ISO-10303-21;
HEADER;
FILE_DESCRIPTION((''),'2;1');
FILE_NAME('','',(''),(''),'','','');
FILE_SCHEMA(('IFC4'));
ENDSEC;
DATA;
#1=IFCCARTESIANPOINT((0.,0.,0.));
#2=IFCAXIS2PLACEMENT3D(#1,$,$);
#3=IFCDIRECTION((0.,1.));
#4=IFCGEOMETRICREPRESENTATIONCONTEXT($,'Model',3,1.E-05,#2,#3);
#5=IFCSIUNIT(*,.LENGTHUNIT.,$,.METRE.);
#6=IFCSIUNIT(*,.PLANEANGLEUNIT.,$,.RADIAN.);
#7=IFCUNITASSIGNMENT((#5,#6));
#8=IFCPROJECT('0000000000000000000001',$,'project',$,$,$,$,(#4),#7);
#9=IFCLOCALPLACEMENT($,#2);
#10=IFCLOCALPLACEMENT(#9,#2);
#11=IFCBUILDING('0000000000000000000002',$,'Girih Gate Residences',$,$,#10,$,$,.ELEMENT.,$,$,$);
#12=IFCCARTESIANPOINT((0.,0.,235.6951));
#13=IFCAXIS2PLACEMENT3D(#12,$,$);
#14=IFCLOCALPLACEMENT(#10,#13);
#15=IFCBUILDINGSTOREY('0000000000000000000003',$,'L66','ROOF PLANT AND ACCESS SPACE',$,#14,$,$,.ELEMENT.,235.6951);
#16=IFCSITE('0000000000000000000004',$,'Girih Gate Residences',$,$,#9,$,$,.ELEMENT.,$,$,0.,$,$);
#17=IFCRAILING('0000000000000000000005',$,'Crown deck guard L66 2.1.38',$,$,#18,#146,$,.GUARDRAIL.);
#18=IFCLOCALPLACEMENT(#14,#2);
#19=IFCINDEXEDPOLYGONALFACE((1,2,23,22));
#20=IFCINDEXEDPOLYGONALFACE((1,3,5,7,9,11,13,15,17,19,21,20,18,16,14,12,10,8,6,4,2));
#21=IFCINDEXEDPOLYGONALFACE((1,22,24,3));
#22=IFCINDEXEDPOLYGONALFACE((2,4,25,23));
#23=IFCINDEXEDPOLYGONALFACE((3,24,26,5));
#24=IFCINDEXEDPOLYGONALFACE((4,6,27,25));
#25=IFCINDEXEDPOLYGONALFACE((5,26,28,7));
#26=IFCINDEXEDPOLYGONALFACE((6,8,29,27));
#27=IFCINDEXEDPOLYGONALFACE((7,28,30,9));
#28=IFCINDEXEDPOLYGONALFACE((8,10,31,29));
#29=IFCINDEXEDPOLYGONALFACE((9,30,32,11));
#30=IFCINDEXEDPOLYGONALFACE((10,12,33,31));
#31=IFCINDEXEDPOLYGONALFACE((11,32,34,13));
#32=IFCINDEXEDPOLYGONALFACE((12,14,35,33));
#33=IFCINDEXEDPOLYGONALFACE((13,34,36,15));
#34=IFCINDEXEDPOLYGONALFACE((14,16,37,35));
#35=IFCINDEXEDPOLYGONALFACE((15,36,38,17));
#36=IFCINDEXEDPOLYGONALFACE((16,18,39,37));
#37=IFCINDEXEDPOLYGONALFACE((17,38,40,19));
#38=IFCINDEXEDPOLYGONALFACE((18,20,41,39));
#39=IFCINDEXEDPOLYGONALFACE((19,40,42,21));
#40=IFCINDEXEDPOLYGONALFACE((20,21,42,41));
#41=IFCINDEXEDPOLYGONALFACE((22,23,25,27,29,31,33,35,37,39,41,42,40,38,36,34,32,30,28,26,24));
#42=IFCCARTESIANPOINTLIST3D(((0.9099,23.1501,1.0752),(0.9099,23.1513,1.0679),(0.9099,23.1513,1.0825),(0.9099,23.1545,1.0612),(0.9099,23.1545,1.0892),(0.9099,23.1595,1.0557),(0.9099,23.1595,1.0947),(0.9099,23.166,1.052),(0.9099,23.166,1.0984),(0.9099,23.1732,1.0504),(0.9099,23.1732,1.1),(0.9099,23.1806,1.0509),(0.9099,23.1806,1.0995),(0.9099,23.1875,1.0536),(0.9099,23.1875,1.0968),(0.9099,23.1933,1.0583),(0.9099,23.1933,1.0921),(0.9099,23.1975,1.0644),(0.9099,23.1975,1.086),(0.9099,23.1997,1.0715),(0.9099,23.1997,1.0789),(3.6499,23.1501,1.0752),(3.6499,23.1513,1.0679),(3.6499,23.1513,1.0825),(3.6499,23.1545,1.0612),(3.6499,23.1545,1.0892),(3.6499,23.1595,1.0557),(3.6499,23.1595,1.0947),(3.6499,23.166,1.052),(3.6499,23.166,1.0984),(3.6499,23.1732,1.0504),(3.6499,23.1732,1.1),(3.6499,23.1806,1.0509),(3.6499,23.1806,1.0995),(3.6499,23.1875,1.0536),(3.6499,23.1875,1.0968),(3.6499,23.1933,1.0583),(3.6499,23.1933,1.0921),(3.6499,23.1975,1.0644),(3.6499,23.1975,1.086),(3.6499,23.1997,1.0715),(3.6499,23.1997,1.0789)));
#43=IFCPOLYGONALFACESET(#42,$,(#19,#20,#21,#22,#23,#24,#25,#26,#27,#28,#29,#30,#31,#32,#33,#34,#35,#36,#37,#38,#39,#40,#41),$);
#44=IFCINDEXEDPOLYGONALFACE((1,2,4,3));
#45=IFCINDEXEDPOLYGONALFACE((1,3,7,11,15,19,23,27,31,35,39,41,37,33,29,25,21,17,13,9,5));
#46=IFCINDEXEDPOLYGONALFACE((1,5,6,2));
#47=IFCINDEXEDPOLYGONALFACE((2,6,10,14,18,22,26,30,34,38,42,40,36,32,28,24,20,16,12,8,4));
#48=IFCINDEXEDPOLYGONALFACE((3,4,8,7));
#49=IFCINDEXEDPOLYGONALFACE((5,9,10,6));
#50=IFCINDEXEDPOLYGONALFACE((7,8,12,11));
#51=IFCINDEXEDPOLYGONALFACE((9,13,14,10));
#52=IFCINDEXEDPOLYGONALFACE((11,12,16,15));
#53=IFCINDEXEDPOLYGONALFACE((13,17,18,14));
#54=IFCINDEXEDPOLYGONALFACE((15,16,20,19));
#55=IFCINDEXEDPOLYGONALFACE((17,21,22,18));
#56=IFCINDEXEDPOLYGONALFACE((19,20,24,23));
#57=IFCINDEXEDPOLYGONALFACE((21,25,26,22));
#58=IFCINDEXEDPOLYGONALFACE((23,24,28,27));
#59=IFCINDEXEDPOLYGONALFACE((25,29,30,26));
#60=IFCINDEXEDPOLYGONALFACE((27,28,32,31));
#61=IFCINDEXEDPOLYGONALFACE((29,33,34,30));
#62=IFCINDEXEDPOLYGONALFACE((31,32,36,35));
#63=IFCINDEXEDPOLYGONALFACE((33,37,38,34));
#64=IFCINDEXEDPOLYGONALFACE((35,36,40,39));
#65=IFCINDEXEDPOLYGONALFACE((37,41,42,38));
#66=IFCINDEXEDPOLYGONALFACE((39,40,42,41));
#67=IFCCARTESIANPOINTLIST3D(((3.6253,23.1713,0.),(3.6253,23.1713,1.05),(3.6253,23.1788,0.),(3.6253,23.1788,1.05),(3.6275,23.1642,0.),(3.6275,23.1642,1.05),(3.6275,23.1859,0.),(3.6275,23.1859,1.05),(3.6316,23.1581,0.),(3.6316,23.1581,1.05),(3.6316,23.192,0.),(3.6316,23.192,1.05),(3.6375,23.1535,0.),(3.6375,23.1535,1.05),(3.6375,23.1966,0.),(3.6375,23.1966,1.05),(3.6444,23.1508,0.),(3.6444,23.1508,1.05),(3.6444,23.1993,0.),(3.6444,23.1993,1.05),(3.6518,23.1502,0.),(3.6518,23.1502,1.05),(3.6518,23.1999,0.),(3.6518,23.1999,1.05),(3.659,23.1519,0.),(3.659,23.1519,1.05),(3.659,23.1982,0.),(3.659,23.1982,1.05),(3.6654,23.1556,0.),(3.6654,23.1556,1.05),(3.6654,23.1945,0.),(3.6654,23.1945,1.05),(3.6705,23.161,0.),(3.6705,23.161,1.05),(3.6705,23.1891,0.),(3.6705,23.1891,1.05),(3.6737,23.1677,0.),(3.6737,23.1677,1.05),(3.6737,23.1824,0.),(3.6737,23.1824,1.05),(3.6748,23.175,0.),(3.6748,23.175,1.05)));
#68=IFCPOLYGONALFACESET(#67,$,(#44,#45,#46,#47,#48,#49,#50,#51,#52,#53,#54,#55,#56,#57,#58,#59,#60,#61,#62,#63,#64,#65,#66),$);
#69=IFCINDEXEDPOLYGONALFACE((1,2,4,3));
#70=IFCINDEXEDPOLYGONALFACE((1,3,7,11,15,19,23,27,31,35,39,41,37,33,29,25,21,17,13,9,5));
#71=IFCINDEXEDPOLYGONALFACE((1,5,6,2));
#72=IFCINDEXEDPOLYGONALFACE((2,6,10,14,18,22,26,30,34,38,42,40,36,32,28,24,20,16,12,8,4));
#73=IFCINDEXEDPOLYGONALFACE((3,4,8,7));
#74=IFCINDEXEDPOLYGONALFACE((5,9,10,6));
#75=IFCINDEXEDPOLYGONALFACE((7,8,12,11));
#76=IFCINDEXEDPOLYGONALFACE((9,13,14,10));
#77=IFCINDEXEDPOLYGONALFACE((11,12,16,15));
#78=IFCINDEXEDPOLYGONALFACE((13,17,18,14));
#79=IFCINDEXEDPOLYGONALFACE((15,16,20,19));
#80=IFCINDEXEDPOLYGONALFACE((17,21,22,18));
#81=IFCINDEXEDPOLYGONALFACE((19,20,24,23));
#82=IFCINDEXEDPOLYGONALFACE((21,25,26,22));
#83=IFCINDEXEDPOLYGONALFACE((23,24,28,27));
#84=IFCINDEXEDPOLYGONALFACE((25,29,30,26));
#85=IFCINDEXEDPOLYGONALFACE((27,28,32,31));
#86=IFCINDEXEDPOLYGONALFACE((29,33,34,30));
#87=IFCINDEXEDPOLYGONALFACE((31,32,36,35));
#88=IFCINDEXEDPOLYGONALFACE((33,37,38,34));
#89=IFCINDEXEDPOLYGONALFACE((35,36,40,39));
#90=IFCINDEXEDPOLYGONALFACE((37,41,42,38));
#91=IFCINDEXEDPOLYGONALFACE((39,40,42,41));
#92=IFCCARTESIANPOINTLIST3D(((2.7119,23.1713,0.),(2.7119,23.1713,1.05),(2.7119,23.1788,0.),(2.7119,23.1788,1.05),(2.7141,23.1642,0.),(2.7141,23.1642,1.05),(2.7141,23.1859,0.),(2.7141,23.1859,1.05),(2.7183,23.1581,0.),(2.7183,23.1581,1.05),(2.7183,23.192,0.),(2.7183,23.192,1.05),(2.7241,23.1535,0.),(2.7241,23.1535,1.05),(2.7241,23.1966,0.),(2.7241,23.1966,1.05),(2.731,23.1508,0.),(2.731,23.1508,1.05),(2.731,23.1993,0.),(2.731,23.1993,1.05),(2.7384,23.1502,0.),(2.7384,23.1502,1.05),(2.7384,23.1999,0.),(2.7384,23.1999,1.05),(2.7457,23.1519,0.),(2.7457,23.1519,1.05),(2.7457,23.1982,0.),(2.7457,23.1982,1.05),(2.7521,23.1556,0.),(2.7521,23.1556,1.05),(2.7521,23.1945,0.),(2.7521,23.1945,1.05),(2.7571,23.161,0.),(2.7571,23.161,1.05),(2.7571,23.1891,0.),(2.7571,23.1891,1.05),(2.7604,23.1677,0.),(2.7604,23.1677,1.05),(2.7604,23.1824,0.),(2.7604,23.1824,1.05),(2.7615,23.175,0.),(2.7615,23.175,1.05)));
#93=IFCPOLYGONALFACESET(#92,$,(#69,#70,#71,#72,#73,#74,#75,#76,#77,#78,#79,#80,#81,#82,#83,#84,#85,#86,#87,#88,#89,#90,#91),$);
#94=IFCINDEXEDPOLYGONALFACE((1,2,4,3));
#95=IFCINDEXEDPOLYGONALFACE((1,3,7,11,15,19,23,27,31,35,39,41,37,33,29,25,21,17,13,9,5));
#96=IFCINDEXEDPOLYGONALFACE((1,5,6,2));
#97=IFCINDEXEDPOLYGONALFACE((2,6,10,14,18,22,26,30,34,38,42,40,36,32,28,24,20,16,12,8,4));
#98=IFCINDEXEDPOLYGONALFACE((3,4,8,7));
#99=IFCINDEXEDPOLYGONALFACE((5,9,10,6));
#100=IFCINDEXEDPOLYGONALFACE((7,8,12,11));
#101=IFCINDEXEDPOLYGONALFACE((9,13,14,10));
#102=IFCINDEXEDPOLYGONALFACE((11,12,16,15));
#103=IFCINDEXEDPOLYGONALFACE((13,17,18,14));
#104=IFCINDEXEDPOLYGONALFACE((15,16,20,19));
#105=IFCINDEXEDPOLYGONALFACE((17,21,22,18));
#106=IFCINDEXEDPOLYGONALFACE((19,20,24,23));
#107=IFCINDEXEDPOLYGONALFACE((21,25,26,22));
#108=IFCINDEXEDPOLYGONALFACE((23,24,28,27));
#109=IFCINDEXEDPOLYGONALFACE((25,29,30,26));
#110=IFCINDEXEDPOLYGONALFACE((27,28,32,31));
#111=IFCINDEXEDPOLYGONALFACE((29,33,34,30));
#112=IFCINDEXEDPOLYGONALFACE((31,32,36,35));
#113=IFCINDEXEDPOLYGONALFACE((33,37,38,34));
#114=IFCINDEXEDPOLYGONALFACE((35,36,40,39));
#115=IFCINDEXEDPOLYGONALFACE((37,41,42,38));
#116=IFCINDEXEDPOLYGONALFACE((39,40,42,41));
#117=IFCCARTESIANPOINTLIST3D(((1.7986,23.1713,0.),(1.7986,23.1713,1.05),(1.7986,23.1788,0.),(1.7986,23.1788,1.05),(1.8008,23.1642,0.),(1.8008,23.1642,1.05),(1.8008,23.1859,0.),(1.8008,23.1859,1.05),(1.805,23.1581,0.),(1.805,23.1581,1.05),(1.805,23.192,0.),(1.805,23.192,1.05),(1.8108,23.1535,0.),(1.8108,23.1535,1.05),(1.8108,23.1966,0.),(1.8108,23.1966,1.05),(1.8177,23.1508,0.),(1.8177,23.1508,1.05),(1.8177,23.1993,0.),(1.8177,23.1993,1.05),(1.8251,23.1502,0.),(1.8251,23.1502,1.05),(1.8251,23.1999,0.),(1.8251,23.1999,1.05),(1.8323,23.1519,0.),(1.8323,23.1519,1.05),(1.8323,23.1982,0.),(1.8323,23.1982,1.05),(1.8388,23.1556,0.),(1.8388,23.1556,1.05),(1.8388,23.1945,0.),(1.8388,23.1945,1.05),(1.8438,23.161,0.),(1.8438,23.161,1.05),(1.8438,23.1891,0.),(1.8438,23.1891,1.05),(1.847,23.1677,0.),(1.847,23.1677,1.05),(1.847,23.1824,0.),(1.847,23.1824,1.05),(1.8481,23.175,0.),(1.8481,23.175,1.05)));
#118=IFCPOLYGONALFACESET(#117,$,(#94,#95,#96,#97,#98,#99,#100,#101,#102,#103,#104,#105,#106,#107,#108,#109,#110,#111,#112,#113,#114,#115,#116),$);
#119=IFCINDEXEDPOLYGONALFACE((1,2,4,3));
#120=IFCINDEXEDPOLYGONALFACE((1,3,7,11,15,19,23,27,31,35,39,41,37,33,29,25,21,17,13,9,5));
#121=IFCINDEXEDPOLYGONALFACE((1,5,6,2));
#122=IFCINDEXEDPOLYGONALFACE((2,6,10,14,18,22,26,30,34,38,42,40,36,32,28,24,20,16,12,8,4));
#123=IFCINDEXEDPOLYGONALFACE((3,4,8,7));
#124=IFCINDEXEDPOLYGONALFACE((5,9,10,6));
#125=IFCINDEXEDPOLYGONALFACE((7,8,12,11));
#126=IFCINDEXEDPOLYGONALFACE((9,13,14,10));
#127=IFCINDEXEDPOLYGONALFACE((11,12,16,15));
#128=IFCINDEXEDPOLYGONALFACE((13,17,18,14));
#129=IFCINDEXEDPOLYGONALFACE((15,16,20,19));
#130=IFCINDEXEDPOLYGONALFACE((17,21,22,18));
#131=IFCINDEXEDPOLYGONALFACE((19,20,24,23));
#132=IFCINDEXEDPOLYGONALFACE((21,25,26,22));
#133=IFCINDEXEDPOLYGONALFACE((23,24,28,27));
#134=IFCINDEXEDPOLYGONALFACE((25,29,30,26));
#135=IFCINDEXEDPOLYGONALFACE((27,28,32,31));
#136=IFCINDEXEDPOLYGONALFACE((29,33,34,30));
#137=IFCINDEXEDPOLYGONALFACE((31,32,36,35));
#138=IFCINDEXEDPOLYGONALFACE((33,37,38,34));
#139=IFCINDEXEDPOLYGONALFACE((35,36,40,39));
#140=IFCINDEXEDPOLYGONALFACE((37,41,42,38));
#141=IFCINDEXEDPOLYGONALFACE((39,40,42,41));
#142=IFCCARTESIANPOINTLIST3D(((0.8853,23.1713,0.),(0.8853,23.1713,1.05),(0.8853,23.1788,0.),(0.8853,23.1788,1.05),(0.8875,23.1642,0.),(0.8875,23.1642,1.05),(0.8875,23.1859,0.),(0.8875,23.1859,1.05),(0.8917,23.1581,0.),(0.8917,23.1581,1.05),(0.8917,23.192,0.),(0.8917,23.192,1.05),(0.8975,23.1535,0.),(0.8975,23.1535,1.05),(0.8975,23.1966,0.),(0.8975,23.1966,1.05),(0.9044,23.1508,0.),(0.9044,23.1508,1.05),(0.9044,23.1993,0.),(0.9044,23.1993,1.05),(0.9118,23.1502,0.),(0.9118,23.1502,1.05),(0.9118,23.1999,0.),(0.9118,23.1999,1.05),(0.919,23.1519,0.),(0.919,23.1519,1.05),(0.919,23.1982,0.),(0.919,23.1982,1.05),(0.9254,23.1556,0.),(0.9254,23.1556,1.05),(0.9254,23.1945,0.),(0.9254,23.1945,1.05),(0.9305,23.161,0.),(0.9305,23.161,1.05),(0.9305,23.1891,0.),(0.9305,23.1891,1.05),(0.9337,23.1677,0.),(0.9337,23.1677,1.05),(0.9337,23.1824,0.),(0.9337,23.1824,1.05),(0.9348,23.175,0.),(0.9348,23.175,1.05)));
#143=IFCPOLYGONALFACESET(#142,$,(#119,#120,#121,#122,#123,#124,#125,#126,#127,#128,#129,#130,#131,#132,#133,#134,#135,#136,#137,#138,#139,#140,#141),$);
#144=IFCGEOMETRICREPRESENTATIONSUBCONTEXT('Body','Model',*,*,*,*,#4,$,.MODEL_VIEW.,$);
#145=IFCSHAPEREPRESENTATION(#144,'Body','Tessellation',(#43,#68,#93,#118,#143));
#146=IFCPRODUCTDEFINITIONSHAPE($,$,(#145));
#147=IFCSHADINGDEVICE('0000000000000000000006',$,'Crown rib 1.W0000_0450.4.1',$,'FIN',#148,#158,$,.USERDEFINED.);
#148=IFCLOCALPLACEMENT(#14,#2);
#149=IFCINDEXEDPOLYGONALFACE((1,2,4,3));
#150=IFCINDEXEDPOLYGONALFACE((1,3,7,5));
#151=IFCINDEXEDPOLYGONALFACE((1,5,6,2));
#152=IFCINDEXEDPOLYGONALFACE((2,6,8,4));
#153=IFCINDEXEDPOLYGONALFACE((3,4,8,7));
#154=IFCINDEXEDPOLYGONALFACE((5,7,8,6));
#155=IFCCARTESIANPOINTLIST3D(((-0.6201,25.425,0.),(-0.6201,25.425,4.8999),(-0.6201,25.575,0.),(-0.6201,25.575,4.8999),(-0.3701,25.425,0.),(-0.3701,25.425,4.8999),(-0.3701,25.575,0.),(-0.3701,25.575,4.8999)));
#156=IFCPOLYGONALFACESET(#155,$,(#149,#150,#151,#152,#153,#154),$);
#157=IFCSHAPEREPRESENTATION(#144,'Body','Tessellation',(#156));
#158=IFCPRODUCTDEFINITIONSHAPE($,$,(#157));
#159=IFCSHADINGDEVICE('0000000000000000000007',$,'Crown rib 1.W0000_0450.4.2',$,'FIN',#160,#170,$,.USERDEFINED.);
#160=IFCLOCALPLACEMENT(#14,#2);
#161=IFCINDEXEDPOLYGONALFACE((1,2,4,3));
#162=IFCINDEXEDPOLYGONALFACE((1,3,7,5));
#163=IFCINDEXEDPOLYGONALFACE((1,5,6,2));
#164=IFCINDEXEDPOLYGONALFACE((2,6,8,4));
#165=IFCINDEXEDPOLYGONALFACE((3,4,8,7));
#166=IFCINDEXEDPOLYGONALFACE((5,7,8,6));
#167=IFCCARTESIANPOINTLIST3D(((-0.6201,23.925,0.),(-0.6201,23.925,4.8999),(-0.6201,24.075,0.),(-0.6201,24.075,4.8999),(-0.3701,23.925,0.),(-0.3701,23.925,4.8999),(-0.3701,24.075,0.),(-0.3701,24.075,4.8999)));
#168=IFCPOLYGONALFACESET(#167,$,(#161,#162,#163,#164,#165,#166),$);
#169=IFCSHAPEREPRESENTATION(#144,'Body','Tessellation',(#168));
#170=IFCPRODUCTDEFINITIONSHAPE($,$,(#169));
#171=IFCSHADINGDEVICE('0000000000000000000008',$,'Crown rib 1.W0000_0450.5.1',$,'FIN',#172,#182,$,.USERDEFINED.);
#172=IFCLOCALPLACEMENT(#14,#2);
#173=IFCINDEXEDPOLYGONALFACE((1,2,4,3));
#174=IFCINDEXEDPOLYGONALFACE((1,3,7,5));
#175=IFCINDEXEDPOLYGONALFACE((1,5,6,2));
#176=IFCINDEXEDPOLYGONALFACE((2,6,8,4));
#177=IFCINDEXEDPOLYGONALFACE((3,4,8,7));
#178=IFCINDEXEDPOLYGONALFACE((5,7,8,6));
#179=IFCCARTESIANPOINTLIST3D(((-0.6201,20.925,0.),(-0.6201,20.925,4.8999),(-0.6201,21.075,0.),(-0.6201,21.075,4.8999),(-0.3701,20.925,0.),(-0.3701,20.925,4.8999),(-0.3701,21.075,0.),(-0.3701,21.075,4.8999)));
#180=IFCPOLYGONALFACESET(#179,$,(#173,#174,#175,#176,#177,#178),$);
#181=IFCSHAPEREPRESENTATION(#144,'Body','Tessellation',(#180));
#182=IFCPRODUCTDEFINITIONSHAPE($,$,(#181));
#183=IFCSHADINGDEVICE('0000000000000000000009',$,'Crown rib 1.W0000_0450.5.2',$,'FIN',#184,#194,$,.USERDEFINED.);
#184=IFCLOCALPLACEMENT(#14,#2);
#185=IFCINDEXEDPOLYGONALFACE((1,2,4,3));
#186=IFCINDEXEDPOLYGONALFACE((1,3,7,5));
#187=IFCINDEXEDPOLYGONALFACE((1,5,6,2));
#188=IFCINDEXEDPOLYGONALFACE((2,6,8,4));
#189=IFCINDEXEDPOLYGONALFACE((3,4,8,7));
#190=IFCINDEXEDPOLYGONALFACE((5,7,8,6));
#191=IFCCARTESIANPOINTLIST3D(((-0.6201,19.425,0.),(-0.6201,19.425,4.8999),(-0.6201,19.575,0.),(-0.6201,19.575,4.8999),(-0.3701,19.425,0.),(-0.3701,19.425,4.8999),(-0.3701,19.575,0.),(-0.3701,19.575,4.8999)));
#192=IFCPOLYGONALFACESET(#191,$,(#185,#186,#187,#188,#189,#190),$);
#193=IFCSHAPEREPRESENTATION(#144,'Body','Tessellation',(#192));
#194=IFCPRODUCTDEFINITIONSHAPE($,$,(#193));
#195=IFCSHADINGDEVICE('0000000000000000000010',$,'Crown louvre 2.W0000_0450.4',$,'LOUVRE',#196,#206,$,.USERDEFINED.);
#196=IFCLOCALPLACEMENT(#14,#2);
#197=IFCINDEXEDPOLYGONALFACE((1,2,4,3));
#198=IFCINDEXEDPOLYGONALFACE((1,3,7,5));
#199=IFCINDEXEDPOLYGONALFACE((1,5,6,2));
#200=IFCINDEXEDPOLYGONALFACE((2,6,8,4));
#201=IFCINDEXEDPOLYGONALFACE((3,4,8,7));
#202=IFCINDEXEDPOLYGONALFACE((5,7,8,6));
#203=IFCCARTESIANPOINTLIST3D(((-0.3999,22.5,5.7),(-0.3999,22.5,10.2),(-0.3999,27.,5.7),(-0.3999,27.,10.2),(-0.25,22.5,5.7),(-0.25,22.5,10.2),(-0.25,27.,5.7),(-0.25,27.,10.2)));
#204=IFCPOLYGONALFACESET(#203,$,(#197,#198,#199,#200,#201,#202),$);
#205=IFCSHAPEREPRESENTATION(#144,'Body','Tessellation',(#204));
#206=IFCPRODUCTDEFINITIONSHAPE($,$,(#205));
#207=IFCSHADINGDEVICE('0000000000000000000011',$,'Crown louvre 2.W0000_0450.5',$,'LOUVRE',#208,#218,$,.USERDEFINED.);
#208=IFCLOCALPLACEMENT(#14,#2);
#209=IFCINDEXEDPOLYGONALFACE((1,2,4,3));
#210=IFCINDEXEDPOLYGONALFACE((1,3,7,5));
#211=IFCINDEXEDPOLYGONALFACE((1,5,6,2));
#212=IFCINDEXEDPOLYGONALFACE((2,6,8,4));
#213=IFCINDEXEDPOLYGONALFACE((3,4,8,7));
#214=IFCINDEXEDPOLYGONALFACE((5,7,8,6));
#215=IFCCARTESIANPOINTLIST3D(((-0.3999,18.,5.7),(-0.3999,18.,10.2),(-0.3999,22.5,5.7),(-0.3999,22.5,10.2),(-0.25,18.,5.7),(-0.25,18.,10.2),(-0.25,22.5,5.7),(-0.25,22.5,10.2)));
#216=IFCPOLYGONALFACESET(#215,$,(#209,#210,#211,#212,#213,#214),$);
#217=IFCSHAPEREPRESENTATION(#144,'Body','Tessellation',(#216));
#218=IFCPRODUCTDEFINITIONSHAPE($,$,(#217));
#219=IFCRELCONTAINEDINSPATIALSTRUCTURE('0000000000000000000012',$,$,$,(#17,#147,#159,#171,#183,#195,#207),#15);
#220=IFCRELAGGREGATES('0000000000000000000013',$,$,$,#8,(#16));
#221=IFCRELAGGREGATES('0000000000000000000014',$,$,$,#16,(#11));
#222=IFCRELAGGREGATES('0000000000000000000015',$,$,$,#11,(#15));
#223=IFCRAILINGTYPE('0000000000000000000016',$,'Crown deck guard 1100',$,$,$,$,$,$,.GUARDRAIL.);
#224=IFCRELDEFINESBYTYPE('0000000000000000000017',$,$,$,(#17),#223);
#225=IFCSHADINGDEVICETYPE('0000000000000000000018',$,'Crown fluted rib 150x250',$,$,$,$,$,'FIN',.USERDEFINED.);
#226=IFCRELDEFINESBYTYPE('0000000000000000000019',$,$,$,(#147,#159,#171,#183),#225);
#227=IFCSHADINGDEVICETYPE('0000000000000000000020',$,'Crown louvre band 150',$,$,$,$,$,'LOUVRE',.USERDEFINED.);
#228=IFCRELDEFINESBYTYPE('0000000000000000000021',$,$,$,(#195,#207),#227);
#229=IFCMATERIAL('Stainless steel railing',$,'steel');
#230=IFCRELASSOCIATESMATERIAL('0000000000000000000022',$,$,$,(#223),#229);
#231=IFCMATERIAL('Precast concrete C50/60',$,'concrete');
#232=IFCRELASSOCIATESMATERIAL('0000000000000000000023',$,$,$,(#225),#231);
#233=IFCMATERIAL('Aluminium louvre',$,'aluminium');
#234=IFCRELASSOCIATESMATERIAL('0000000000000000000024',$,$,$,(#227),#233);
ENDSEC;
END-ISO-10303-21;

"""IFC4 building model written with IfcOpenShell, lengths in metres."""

from ifc_helpers import new_model, si_unit, direction, frame, origin, origin_2d, place, context, subcontext, project, spatial, rectangle, circle, extrude, material, type_object, element, save


model = new_model("IFC4")

# Units and contexts
model_context = context("Model", 3, precision=1e-05, world=origin(), true_north=direction((0.0, 1.0)))
body_context = subcontext(model_context, "Body", "Model", "MODEL_VIEW")
ifc_project = project(units=[si_unit("LENGTHUNIT", "METRE"), si_unit("PLANEANGLEUNIT", "RADIAN")], contexts=[model_context])

# Site, building, storey
site_placement = place(None, origin())
site = spatial("IfcSite", under=ifc_project, at=site_placement, Name="Girih Gate Residences", CompositionType="ELEMENT", RefElevation=0.0)
building_placement = place(site_placement, origin())
building = spatial("IfcBuilding", under=site, at=building_placement, Name="Girih Gate Residences", CompositionType="ELEMENT")
storey_placement = place(building_placement, frame((0.0, 0.0, 235.6951)))
storey = spatial("IfcBuildingStorey", under=building, at=storey_placement, Name="L66", Description="ROOF PLANT AND ACCESS SPACE", CompositionType="ELEMENT", Elevation=235.6951)

# Railing
ifc_material_1 = material(Name="Stainless steel railing", Category="steel")
railing_type = type_object("IfcRailingType", Name="Crown deck guard 1100", PredefinedType="GUARDRAIL", material=ifc_material_1)
railing_1_placement = place(storey_placement, frame((3.6499, 23.175, 0.0)))
element("IfcRailing", 1, at=railing_1_placement, inside=storey, type_object=railing_type, Name="Crown deck guard L66 2.1.38", PredefinedType="GUARDRAIL", context=body_context, shape_type="SweptSolid", body=[
    extrude(circle(Radius=0.0249, at=origin_2d()), frame((0.0, 0.0, 1.0752), z_axis=(-1.0, 0.0, 0.0), x_axis=(0.0, -1.0, 0.0)), (0.0, 0.0, 1.0), 2.74),
    extrude(circle(Radius=0.0249, at=origin_2d()), origin(), (0.0, 0.0, 1.0), 1.05),
    extrude(circle(Radius=0.0249, at=origin_2d()), frame((-0.9133, 0.0, 0.0)), (0.0, 0.0, 1.0), 1.05),
    extrude(circle(Radius=0.0249, at=origin_2d()), frame((-1.8267, 0.0, 0.0)), (0.0, 0.0, 1.0), 1.05),
    extrude(circle(Radius=0.0249, at=origin_2d()), frame((-2.74, 0.0, 0.0)), (0.0, 0.0, 1.0), 1.05),
])

# Shading devices
ifc_material_2 = material(Name="Precast concrete C50/60", Category="concrete")
shading_device_type_1 = type_object("IfcShadingDeviceType", Name="Crown fluted rib 150x250", ElementType="FIN", PredefinedType="USERDEFINED", material=ifc_material_2)
for number, where, z_axis, x_axis, name in (
    (2, (-0.4951, 25.5, 0.0), (0.0, 0.0, 1.0), (0.0, -1.0, 0.0), "Crown rib 1.W0000_0450.4.1"),
    (3, (-0.4951, 24.0, 0.0), (0.0, 0.0, 1.0), (0.0, -1.0, 0.0), "Crown rib 1.W0000_0450.4.2"),
    (4, (-0.4951, 21.0, 0.0), (0.0, 0.0, 1.0), (0.0, -1.0, 0.0), "Crown rib 1.W0000_0450.5.1"),
    (5, (-0.4951, 19.5, 0.0), (0.0, 0.0, 1.0), (0.0, -1.0, 0.0), "Crown rib 1.W0000_0450.5.2"),
):
    element("IfcShadingDevice", number, at=place(storey_placement, frame(where, z_axis=z_axis, x_axis=x_axis)), inside=storey, type_object=shading_device_type_1, Name=name, ObjectType="FIN", PredefinedType="USERDEFINED", context=body_context, shape_type="SweptSolid", body=[
        extrude(rectangle(XDim=0.1499, YDim=0.25, at=origin_2d()), origin(), (0.0, 0.0, 1.0), 4.8999),
    ])
ifc_material_3 = material(Name="Aluminium louvre", Category="aluminium")
shading_device_type_2 = type_object("IfcShadingDeviceType", Name="Crown louvre band 150", ElementType="LOUVRE", PredefinedType="USERDEFINED", material=ifc_material_3)
for number, where, z_axis, x_axis, name in (
    (6, (-0.325, 24.75, 5.7), (0.0, 0.0, 1.0), (0.0, -1.0, 0.0), "Crown louvre 2.W0000_0450.4"),
    (7, (-0.325, 20.25, 5.7), (0.0, 0.0, 1.0), (0.0, -1.0, 0.0), "Crown louvre 2.W0000_0450.5"),
):
    element("IfcShadingDevice", number, at=place(storey_placement, frame(where, z_axis=z_axis, x_axis=x_axis)), inside=storey, type_object=shading_device_type_2, Name=name, ObjectType="LOUVRE", PredefinedType="USERDEFINED", context=body_context, shape_type="SweptSolid", body=[
        extrude(rectangle(XDim=4.5, YDim=0.1499, at=origin_2d()), origin(), (0.0, 0.0, 1.0), 4.5),
    ])

save(model, "model.ifc")
